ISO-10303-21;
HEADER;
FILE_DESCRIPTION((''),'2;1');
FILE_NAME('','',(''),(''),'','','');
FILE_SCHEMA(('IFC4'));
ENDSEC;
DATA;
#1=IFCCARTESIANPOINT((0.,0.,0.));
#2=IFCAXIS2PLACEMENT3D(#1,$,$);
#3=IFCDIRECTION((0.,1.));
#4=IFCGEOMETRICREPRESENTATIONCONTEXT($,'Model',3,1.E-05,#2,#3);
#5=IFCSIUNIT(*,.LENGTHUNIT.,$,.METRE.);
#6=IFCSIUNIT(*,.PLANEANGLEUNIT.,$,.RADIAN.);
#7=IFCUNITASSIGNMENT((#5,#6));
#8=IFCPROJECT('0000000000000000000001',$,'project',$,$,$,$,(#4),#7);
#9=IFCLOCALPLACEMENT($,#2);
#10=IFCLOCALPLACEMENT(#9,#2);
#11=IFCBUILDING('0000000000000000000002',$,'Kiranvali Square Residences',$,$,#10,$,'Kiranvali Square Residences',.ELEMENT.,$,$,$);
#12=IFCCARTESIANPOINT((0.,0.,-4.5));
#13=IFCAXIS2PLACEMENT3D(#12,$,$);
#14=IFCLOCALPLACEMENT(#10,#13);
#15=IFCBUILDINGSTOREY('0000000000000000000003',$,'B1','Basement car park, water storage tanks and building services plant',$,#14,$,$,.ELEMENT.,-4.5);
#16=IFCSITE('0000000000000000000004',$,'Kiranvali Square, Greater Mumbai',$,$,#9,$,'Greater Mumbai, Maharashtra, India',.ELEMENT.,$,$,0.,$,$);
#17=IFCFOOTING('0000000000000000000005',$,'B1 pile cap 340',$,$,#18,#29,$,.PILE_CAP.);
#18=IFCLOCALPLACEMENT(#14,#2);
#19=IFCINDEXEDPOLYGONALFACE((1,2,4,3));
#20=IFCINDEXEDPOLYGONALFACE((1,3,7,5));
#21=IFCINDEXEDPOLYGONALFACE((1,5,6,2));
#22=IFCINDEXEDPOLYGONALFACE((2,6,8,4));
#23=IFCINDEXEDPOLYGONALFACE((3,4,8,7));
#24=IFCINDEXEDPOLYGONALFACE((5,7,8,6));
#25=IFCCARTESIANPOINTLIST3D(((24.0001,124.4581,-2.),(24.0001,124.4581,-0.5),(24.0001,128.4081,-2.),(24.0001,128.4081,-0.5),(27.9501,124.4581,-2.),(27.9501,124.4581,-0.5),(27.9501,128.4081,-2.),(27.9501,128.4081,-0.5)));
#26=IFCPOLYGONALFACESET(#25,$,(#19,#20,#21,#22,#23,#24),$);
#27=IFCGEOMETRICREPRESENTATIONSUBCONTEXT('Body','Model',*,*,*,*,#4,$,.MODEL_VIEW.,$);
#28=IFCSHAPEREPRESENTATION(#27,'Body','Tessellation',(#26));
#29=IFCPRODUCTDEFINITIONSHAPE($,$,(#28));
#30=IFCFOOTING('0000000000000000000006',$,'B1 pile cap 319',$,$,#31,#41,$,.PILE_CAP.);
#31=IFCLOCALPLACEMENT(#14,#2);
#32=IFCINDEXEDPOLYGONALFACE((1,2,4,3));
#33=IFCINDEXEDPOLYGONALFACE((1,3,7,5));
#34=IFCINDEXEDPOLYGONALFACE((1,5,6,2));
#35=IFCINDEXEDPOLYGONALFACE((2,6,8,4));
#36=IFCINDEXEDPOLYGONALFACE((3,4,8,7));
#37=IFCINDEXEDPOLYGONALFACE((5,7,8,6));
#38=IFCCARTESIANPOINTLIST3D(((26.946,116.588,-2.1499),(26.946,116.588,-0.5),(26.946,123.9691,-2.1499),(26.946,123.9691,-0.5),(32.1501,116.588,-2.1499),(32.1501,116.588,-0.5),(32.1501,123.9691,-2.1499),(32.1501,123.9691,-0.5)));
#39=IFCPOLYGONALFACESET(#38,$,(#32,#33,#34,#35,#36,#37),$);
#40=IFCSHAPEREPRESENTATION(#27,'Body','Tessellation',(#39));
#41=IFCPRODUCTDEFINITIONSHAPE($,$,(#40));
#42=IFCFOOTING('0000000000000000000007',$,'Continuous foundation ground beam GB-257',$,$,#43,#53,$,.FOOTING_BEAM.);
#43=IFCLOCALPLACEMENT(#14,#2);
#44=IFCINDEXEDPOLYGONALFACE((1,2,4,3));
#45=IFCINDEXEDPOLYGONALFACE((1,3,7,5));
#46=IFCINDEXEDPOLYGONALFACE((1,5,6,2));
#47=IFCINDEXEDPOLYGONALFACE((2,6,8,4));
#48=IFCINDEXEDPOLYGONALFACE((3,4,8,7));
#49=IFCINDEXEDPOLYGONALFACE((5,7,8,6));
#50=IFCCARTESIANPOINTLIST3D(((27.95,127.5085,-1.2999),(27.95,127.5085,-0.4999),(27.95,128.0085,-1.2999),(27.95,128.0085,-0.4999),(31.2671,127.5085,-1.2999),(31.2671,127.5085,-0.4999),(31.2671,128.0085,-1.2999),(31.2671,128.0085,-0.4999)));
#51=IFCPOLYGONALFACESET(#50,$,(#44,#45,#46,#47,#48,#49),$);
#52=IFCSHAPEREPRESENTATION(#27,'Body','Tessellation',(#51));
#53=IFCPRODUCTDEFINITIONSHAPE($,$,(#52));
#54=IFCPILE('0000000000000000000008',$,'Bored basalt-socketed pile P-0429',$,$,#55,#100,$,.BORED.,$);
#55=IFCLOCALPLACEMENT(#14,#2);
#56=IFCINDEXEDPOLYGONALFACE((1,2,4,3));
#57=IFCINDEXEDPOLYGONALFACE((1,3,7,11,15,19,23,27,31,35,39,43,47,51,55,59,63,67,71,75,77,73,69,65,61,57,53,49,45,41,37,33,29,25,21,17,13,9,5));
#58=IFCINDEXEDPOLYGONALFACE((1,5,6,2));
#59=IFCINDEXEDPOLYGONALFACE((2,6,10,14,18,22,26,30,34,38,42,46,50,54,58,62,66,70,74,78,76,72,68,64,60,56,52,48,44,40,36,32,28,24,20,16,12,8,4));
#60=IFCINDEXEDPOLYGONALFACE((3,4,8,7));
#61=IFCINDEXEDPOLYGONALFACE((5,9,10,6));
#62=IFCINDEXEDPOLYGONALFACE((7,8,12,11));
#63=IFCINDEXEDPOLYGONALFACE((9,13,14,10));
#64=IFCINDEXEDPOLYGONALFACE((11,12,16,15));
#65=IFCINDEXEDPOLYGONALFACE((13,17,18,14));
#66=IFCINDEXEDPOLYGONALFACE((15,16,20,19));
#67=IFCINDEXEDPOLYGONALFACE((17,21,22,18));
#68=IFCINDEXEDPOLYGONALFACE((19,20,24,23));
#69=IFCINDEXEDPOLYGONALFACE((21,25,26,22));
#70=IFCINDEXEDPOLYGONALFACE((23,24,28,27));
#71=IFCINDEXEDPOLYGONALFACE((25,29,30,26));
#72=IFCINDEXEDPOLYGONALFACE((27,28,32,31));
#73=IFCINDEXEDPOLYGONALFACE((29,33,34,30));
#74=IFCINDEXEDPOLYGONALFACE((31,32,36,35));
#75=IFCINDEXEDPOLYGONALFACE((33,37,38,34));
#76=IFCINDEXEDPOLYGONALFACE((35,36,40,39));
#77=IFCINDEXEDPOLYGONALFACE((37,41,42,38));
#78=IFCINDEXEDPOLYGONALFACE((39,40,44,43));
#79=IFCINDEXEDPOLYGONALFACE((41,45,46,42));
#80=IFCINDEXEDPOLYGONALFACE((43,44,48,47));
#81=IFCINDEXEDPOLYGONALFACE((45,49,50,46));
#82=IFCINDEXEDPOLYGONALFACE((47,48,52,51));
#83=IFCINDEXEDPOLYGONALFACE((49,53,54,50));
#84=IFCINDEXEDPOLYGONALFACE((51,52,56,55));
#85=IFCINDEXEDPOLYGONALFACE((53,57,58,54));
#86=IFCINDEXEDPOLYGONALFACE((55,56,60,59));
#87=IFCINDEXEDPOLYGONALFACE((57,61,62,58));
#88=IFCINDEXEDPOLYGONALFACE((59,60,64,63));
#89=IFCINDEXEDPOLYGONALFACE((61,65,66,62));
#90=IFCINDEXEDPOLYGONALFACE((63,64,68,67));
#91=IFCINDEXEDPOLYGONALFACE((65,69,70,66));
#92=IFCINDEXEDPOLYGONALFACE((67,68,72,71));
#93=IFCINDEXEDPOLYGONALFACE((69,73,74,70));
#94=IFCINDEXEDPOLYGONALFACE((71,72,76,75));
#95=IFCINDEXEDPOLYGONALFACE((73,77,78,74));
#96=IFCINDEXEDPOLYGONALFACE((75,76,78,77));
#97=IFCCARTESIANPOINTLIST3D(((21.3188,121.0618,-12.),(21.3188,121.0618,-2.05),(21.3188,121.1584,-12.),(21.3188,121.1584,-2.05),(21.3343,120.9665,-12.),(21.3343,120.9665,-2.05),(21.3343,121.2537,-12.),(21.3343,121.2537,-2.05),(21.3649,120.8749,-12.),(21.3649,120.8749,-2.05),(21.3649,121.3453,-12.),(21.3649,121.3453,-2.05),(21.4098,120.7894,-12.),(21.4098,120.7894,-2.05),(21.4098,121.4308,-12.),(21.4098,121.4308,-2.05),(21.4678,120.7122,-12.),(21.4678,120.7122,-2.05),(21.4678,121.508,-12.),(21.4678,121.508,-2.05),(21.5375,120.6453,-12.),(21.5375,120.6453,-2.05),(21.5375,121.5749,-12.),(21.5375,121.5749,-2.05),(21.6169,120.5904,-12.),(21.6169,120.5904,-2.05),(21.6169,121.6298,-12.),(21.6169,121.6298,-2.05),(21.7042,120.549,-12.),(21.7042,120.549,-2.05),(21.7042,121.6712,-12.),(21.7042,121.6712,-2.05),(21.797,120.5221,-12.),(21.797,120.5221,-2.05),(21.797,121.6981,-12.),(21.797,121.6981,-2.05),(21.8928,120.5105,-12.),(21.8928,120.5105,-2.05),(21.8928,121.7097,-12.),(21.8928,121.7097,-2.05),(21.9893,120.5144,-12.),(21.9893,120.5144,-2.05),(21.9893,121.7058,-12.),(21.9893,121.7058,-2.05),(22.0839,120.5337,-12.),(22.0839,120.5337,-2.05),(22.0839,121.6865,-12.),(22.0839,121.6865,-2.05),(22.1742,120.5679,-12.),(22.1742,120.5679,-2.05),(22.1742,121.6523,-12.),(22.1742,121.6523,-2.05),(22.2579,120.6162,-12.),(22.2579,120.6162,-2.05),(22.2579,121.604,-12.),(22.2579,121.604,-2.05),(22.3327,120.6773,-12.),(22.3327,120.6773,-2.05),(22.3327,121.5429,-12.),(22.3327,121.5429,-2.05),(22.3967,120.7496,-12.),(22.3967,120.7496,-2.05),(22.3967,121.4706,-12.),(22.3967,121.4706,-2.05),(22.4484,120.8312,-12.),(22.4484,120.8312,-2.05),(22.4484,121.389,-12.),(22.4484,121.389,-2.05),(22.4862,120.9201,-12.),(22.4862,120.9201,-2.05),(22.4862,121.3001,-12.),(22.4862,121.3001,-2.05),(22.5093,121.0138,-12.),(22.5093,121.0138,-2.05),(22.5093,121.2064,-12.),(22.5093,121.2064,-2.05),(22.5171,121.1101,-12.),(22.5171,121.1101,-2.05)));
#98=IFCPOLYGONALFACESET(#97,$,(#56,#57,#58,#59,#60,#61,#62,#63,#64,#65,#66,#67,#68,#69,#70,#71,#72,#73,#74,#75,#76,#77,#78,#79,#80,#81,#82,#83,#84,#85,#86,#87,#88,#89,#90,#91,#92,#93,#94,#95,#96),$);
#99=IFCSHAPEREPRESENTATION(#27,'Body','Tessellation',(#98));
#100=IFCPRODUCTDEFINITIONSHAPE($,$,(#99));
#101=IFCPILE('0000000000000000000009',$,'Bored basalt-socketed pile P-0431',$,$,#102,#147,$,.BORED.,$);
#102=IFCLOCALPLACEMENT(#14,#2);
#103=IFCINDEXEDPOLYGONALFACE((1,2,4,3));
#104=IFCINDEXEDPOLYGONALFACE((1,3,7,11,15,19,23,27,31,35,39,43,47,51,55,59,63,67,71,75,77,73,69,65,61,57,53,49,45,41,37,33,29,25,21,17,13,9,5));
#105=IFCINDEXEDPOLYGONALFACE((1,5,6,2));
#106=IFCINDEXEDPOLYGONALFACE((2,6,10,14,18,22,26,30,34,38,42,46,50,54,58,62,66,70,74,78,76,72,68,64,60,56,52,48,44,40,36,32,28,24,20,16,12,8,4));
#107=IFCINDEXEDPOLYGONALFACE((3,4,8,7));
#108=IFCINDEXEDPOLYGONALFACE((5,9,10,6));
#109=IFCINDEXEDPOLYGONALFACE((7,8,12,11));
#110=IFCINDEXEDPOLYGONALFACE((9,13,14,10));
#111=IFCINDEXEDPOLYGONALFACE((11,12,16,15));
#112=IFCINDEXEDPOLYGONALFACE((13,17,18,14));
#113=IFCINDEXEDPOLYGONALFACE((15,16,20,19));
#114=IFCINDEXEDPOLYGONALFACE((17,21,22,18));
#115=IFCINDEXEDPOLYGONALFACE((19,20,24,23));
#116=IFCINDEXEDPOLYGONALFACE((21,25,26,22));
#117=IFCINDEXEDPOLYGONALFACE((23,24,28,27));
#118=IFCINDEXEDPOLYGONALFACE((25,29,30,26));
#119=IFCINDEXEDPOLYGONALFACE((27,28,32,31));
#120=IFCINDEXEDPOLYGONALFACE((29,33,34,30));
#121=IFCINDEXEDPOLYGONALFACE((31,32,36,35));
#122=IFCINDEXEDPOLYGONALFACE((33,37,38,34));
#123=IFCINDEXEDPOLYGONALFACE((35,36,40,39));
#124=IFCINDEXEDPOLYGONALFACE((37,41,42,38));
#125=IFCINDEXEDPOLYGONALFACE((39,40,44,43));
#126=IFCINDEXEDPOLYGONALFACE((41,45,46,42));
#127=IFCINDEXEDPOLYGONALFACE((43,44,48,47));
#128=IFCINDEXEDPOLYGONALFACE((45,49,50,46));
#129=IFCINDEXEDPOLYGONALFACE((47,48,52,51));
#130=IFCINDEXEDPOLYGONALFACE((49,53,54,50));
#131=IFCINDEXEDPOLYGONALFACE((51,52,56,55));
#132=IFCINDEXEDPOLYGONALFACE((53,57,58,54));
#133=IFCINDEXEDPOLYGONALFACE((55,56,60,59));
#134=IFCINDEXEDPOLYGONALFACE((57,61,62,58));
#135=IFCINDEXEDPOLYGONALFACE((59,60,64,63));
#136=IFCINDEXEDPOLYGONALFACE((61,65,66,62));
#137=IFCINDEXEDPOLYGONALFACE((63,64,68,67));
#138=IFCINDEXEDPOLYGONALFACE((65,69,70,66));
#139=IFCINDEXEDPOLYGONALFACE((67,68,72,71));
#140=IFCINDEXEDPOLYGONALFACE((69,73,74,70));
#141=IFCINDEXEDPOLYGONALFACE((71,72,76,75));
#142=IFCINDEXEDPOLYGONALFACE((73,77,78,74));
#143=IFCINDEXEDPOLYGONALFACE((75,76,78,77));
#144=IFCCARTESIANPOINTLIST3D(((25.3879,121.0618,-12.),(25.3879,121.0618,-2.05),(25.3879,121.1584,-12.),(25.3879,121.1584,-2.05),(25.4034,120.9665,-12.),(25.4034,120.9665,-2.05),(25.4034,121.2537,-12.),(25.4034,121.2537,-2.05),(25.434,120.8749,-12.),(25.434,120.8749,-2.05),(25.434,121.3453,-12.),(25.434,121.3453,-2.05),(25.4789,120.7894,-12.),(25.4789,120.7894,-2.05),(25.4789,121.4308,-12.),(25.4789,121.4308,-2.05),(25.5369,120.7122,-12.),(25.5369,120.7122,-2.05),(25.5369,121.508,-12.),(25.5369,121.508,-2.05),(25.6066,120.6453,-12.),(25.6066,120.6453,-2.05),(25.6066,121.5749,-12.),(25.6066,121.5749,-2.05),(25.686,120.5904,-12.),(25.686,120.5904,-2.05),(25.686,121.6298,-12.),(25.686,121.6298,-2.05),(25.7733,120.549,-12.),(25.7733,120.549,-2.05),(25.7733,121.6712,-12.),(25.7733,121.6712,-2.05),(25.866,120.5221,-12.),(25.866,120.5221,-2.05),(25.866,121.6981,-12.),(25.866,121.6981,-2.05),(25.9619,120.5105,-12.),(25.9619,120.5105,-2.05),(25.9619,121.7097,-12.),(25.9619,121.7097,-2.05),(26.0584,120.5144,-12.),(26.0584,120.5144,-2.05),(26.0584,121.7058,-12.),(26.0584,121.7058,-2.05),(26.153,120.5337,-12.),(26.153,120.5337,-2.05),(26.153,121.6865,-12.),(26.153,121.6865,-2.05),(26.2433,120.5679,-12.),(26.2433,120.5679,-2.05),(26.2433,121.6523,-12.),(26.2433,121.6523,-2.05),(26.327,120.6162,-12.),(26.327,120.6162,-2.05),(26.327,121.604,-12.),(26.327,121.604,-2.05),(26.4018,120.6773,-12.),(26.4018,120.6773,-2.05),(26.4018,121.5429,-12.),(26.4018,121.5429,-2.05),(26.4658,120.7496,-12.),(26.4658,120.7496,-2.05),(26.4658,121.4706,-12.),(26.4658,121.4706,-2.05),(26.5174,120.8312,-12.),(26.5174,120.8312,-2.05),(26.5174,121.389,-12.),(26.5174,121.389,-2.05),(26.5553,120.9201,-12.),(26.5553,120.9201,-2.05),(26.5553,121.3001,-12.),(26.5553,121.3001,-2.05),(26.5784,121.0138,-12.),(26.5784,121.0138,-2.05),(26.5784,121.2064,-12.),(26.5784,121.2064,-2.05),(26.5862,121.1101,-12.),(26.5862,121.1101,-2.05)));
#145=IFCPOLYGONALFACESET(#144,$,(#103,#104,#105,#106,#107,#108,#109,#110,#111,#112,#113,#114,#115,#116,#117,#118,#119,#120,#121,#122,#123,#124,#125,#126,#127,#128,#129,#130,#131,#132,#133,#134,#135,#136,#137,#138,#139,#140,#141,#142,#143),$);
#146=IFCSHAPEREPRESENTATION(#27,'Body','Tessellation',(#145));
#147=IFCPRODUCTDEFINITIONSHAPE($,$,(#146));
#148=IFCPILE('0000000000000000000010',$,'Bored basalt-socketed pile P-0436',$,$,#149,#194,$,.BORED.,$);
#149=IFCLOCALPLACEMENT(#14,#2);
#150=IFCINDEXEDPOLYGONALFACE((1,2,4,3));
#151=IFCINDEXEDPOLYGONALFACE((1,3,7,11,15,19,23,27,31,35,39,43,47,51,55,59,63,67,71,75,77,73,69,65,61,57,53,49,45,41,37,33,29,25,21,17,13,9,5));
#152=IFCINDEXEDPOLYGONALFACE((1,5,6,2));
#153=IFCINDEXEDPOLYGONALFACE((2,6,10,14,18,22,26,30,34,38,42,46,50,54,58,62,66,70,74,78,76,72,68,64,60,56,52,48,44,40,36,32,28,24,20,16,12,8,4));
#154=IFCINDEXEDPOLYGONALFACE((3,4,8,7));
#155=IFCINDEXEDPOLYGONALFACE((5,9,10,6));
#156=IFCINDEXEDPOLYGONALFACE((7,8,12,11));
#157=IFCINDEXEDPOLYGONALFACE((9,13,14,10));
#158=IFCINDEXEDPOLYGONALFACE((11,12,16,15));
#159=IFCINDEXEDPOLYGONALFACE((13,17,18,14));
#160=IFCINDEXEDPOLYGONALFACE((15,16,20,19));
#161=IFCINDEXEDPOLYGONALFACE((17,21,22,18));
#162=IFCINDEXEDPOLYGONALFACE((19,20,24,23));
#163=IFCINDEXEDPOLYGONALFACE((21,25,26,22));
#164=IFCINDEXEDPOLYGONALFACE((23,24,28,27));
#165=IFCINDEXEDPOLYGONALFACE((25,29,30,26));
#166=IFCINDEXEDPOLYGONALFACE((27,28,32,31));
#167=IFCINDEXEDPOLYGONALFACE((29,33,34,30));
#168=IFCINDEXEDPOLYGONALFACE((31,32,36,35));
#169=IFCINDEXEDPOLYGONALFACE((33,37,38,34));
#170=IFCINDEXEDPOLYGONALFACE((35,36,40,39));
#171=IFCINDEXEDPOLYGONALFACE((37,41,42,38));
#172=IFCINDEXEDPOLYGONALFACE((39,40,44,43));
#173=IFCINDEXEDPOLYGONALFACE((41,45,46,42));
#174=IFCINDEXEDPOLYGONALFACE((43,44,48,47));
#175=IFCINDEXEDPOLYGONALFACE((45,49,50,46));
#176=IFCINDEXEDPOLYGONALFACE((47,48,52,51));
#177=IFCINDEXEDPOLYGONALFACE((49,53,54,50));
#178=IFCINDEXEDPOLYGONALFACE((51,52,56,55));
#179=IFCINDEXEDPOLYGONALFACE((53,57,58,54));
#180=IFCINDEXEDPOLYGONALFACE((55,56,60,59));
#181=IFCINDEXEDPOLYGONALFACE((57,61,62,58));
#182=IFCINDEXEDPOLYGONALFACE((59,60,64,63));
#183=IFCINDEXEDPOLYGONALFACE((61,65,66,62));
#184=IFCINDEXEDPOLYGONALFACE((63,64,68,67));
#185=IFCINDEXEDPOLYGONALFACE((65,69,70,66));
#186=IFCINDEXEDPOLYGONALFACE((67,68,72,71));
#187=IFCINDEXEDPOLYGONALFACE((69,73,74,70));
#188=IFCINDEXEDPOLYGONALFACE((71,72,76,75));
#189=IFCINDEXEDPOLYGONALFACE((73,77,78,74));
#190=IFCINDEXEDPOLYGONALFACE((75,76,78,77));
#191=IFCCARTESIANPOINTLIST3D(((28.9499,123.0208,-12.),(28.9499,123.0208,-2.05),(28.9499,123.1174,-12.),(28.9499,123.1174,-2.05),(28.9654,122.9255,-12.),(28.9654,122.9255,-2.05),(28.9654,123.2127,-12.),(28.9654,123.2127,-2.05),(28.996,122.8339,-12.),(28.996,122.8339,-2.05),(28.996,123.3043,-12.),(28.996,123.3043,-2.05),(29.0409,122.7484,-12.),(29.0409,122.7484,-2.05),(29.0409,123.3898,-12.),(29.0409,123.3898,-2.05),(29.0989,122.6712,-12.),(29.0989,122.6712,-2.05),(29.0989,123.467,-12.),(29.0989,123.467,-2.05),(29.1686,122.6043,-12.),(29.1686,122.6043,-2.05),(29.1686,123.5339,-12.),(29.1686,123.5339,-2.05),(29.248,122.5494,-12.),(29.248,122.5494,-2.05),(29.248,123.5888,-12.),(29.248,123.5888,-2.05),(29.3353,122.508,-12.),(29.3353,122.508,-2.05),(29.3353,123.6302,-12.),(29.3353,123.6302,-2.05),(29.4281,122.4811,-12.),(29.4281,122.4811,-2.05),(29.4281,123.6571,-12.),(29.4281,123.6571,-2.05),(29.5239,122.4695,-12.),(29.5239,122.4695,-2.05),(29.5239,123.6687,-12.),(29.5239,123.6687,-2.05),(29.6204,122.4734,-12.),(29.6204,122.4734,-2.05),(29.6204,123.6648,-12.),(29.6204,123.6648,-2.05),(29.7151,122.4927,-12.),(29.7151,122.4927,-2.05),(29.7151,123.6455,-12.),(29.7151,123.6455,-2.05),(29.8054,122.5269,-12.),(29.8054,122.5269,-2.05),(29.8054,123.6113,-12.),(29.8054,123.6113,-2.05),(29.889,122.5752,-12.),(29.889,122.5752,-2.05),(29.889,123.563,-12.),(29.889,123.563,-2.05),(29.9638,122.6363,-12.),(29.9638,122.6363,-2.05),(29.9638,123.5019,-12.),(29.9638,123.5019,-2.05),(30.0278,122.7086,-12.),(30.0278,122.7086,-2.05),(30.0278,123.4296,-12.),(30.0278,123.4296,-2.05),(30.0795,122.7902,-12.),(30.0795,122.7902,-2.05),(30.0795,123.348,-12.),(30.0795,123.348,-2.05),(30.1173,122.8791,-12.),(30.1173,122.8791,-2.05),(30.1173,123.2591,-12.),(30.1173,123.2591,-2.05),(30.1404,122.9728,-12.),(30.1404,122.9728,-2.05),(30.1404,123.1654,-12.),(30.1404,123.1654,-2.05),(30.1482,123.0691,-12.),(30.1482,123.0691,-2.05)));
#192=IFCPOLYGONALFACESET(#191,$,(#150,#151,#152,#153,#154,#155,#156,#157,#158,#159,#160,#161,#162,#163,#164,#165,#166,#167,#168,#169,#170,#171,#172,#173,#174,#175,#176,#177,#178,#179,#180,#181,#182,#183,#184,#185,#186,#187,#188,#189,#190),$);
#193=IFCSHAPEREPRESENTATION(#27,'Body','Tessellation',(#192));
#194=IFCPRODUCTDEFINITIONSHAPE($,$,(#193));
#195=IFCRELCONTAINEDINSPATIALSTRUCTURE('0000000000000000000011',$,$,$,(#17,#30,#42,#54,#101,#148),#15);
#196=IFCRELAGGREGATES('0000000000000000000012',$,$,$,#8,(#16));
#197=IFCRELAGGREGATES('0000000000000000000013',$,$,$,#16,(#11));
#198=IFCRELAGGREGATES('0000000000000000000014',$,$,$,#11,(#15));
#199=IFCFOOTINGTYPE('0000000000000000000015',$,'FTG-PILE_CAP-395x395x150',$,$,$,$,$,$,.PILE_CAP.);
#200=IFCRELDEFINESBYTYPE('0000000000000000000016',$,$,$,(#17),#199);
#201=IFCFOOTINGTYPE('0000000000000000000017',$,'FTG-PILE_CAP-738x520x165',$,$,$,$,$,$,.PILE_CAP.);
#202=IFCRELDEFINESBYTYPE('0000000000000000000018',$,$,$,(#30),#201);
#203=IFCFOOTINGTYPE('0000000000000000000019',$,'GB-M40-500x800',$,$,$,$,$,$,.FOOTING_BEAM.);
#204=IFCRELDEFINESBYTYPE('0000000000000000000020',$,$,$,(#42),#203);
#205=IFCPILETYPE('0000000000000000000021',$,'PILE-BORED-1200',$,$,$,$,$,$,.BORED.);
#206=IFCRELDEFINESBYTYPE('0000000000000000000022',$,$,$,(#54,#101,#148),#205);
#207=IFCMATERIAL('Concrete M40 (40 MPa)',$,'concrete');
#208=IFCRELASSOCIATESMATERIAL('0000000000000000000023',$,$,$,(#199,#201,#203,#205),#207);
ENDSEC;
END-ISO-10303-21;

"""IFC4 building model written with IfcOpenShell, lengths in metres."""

from ifc_helpers import new_model, si_unit, direction, frame, origin, origin_2d, place, context, subcontext, project, spatial, rectangle, circle, extrude, material, material_profile, profile_set, type_object, element, save


model = new_model("IFC4")

# Units and contexts
model_context = context("Model", 3, precision=1e-05, world=origin(), true_north=direction((0.0, 1.0)))
body_context = subcontext(model_context, "Body", "Model", "MODEL_VIEW")
ifc_project = project(units=[si_unit("LENGTHUNIT", "METRE"), si_unit("PLANEANGLEUNIT", "RADIAN")], contexts=[model_context])

# Site, building, storey
site_placement = place(None, origin())
site = spatial("IfcSite", under=ifc_project, at=site_placement, Name="Kiranvali Square, Greater Mumbai", LongName="Greater Mumbai, Maharashtra, India", CompositionType="ELEMENT", RefElevation=0.0)
building_placement = place(site_placement, origin())
building = spatial("IfcBuilding", under=site, at=building_placement, Name="Kiranvali Square Residences", LongName="Kiranvali Square Residences", CompositionType="ELEMENT")
storey_placement = place(building_placement, frame((0.0, 0.0, -4.5)))
storey = spatial("IfcBuildingStorey", under=building, at=storey_placement, Name="B1", Description="Basement car park, water storage tanks and building services plant", CompositionType="ELEMENT", Elevation=-4.5)

# Footings
ifc_material_1 = material(Name="Concrete M40 (40 MPa)", Category="concrete")
footing_type_1 = type_object("IfcFootingType", Name="FTG-PILE_CAP-395x395x150", PredefinedType="PILE_CAP", material=ifc_material_1)
footing_1_placement = place(storey_placement, frame((25.9751, 126.4331, -2.0), z_axis=(0.0, 0.0, 1.0), x_axis=(1.0, 0.0, 0.0)))
element("IfcFooting", 1, at=footing_1_placement, inside=storey, type_object=footing_type_1, Name="B1 pile cap 340", PredefinedType="PILE_CAP", context=body_context, shape_type="SweptSolid", body=[
    extrude(rectangle(XDim=3.95, YDim=3.95, at=origin_2d()), origin(), (0.0, 0.0, 1.0), 1.5),
])
footing_type_2 = type_object("IfcFootingType", Name="FTG-PILE_CAP-738x520x165", PredefinedType="PILE_CAP", material=ifc_material_1)
footing_2_placement = place(storey_placement, frame((29.5481, 120.2786, -2.1499), z_axis=(0.0, 0.0, 1.0), x_axis=(0.0, 1.0, 0.0)))
element("IfcFooting", 2, at=footing_2_placement, inside=storey, type_object=footing_type_2, Name="B1 pile cap 319", PredefinedType="PILE_CAP", context=body_context, shape_type="SweptSolid", body=[
    extrude(rectangle(XDim=7.3811, YDim=5.2041, at=origin_2d()), origin(), (0.0, 0.0, 1.0), 1.6499),
])
ifc_material_profile_1 = material_profile(ifc_material_1, rectangle(XDim=0.5, YDim=0.8, at=origin_2d()), Name="GB 500x800")
ifc_profile_set_1 = profile_set([ifc_material_profile_1], Name="Concrete M40 (40 MPa)")
footing_type_3 = type_object("IfcFootingType", Name="GB-M40-500x800", PredefinedType="FOOTING_BEAM", material=ifc_profile_set_1)
footing_3_placement = place(storey_placement, frame((27.95, 127.7585, -0.8999), z_axis=(1.0, 0.0, 0.0), x_axis=(0.0, 1.0, 0.0)))
element("IfcFooting", 3, at=footing_3_placement, inside=storey, type_object=footing_type_3, Name="Continuous foundation ground beam GB-257", PredefinedType="FOOTING_BEAM", context=body_context, shape_type="SweptSolid", body=[
    extrude(rectangle(XDim=0.5, YDim=0.8, at=origin_2d()), origin(), (0.0, 0.0, 1.0), 3.3171),
])

# Piles
ifc_material_profile_2 = material_profile(ifc_material_1, circle(Radius=0.6001, at=origin_2d()), Name="BORED PILE 1200")
ifc_profile_set_2 = profile_set([ifc_material_profile_2], Name="Concrete M40 (40 MPa)")
pile_type = type_object("IfcPileType", Name="PILE-BORED-1200", PredefinedType="BORED", material=ifc_profile_set_2)
for number, where, z_axis, x_axis, name in (
    (4, (21.917, 121.1101, -2.05), (0.0, 0.0, -1.0), (1.0, 0.0, 0.0), "Bored basalt-socketed pile P-0429"),
    (5, (25.9861, 121.1101, -2.05), (0.0, 0.0, -1.0), (1.0, 0.0, 0.0), "Bored basalt-socketed pile P-0431"),
    (6, (29.5481, 123.0691, -2.05), (0.0, 0.0, -1.0), (1.0, 0.0, 0.0), "Bored basalt-socketed pile P-0436"),
):
    element("IfcPile", number, at=place(storey_placement, frame(where, z_axis=z_axis, x_axis=x_axis)), inside=storey, type_object=pile_type, Name=name, PredefinedType="BORED", context=body_context, shape_type="SweptSolid", body=[
        extrude(circle(Radius=0.6001, at=origin_2d()), origin(), (0.0, 0.0, 1.0), 9.95),
    ])

save(model, "model.ifc")
